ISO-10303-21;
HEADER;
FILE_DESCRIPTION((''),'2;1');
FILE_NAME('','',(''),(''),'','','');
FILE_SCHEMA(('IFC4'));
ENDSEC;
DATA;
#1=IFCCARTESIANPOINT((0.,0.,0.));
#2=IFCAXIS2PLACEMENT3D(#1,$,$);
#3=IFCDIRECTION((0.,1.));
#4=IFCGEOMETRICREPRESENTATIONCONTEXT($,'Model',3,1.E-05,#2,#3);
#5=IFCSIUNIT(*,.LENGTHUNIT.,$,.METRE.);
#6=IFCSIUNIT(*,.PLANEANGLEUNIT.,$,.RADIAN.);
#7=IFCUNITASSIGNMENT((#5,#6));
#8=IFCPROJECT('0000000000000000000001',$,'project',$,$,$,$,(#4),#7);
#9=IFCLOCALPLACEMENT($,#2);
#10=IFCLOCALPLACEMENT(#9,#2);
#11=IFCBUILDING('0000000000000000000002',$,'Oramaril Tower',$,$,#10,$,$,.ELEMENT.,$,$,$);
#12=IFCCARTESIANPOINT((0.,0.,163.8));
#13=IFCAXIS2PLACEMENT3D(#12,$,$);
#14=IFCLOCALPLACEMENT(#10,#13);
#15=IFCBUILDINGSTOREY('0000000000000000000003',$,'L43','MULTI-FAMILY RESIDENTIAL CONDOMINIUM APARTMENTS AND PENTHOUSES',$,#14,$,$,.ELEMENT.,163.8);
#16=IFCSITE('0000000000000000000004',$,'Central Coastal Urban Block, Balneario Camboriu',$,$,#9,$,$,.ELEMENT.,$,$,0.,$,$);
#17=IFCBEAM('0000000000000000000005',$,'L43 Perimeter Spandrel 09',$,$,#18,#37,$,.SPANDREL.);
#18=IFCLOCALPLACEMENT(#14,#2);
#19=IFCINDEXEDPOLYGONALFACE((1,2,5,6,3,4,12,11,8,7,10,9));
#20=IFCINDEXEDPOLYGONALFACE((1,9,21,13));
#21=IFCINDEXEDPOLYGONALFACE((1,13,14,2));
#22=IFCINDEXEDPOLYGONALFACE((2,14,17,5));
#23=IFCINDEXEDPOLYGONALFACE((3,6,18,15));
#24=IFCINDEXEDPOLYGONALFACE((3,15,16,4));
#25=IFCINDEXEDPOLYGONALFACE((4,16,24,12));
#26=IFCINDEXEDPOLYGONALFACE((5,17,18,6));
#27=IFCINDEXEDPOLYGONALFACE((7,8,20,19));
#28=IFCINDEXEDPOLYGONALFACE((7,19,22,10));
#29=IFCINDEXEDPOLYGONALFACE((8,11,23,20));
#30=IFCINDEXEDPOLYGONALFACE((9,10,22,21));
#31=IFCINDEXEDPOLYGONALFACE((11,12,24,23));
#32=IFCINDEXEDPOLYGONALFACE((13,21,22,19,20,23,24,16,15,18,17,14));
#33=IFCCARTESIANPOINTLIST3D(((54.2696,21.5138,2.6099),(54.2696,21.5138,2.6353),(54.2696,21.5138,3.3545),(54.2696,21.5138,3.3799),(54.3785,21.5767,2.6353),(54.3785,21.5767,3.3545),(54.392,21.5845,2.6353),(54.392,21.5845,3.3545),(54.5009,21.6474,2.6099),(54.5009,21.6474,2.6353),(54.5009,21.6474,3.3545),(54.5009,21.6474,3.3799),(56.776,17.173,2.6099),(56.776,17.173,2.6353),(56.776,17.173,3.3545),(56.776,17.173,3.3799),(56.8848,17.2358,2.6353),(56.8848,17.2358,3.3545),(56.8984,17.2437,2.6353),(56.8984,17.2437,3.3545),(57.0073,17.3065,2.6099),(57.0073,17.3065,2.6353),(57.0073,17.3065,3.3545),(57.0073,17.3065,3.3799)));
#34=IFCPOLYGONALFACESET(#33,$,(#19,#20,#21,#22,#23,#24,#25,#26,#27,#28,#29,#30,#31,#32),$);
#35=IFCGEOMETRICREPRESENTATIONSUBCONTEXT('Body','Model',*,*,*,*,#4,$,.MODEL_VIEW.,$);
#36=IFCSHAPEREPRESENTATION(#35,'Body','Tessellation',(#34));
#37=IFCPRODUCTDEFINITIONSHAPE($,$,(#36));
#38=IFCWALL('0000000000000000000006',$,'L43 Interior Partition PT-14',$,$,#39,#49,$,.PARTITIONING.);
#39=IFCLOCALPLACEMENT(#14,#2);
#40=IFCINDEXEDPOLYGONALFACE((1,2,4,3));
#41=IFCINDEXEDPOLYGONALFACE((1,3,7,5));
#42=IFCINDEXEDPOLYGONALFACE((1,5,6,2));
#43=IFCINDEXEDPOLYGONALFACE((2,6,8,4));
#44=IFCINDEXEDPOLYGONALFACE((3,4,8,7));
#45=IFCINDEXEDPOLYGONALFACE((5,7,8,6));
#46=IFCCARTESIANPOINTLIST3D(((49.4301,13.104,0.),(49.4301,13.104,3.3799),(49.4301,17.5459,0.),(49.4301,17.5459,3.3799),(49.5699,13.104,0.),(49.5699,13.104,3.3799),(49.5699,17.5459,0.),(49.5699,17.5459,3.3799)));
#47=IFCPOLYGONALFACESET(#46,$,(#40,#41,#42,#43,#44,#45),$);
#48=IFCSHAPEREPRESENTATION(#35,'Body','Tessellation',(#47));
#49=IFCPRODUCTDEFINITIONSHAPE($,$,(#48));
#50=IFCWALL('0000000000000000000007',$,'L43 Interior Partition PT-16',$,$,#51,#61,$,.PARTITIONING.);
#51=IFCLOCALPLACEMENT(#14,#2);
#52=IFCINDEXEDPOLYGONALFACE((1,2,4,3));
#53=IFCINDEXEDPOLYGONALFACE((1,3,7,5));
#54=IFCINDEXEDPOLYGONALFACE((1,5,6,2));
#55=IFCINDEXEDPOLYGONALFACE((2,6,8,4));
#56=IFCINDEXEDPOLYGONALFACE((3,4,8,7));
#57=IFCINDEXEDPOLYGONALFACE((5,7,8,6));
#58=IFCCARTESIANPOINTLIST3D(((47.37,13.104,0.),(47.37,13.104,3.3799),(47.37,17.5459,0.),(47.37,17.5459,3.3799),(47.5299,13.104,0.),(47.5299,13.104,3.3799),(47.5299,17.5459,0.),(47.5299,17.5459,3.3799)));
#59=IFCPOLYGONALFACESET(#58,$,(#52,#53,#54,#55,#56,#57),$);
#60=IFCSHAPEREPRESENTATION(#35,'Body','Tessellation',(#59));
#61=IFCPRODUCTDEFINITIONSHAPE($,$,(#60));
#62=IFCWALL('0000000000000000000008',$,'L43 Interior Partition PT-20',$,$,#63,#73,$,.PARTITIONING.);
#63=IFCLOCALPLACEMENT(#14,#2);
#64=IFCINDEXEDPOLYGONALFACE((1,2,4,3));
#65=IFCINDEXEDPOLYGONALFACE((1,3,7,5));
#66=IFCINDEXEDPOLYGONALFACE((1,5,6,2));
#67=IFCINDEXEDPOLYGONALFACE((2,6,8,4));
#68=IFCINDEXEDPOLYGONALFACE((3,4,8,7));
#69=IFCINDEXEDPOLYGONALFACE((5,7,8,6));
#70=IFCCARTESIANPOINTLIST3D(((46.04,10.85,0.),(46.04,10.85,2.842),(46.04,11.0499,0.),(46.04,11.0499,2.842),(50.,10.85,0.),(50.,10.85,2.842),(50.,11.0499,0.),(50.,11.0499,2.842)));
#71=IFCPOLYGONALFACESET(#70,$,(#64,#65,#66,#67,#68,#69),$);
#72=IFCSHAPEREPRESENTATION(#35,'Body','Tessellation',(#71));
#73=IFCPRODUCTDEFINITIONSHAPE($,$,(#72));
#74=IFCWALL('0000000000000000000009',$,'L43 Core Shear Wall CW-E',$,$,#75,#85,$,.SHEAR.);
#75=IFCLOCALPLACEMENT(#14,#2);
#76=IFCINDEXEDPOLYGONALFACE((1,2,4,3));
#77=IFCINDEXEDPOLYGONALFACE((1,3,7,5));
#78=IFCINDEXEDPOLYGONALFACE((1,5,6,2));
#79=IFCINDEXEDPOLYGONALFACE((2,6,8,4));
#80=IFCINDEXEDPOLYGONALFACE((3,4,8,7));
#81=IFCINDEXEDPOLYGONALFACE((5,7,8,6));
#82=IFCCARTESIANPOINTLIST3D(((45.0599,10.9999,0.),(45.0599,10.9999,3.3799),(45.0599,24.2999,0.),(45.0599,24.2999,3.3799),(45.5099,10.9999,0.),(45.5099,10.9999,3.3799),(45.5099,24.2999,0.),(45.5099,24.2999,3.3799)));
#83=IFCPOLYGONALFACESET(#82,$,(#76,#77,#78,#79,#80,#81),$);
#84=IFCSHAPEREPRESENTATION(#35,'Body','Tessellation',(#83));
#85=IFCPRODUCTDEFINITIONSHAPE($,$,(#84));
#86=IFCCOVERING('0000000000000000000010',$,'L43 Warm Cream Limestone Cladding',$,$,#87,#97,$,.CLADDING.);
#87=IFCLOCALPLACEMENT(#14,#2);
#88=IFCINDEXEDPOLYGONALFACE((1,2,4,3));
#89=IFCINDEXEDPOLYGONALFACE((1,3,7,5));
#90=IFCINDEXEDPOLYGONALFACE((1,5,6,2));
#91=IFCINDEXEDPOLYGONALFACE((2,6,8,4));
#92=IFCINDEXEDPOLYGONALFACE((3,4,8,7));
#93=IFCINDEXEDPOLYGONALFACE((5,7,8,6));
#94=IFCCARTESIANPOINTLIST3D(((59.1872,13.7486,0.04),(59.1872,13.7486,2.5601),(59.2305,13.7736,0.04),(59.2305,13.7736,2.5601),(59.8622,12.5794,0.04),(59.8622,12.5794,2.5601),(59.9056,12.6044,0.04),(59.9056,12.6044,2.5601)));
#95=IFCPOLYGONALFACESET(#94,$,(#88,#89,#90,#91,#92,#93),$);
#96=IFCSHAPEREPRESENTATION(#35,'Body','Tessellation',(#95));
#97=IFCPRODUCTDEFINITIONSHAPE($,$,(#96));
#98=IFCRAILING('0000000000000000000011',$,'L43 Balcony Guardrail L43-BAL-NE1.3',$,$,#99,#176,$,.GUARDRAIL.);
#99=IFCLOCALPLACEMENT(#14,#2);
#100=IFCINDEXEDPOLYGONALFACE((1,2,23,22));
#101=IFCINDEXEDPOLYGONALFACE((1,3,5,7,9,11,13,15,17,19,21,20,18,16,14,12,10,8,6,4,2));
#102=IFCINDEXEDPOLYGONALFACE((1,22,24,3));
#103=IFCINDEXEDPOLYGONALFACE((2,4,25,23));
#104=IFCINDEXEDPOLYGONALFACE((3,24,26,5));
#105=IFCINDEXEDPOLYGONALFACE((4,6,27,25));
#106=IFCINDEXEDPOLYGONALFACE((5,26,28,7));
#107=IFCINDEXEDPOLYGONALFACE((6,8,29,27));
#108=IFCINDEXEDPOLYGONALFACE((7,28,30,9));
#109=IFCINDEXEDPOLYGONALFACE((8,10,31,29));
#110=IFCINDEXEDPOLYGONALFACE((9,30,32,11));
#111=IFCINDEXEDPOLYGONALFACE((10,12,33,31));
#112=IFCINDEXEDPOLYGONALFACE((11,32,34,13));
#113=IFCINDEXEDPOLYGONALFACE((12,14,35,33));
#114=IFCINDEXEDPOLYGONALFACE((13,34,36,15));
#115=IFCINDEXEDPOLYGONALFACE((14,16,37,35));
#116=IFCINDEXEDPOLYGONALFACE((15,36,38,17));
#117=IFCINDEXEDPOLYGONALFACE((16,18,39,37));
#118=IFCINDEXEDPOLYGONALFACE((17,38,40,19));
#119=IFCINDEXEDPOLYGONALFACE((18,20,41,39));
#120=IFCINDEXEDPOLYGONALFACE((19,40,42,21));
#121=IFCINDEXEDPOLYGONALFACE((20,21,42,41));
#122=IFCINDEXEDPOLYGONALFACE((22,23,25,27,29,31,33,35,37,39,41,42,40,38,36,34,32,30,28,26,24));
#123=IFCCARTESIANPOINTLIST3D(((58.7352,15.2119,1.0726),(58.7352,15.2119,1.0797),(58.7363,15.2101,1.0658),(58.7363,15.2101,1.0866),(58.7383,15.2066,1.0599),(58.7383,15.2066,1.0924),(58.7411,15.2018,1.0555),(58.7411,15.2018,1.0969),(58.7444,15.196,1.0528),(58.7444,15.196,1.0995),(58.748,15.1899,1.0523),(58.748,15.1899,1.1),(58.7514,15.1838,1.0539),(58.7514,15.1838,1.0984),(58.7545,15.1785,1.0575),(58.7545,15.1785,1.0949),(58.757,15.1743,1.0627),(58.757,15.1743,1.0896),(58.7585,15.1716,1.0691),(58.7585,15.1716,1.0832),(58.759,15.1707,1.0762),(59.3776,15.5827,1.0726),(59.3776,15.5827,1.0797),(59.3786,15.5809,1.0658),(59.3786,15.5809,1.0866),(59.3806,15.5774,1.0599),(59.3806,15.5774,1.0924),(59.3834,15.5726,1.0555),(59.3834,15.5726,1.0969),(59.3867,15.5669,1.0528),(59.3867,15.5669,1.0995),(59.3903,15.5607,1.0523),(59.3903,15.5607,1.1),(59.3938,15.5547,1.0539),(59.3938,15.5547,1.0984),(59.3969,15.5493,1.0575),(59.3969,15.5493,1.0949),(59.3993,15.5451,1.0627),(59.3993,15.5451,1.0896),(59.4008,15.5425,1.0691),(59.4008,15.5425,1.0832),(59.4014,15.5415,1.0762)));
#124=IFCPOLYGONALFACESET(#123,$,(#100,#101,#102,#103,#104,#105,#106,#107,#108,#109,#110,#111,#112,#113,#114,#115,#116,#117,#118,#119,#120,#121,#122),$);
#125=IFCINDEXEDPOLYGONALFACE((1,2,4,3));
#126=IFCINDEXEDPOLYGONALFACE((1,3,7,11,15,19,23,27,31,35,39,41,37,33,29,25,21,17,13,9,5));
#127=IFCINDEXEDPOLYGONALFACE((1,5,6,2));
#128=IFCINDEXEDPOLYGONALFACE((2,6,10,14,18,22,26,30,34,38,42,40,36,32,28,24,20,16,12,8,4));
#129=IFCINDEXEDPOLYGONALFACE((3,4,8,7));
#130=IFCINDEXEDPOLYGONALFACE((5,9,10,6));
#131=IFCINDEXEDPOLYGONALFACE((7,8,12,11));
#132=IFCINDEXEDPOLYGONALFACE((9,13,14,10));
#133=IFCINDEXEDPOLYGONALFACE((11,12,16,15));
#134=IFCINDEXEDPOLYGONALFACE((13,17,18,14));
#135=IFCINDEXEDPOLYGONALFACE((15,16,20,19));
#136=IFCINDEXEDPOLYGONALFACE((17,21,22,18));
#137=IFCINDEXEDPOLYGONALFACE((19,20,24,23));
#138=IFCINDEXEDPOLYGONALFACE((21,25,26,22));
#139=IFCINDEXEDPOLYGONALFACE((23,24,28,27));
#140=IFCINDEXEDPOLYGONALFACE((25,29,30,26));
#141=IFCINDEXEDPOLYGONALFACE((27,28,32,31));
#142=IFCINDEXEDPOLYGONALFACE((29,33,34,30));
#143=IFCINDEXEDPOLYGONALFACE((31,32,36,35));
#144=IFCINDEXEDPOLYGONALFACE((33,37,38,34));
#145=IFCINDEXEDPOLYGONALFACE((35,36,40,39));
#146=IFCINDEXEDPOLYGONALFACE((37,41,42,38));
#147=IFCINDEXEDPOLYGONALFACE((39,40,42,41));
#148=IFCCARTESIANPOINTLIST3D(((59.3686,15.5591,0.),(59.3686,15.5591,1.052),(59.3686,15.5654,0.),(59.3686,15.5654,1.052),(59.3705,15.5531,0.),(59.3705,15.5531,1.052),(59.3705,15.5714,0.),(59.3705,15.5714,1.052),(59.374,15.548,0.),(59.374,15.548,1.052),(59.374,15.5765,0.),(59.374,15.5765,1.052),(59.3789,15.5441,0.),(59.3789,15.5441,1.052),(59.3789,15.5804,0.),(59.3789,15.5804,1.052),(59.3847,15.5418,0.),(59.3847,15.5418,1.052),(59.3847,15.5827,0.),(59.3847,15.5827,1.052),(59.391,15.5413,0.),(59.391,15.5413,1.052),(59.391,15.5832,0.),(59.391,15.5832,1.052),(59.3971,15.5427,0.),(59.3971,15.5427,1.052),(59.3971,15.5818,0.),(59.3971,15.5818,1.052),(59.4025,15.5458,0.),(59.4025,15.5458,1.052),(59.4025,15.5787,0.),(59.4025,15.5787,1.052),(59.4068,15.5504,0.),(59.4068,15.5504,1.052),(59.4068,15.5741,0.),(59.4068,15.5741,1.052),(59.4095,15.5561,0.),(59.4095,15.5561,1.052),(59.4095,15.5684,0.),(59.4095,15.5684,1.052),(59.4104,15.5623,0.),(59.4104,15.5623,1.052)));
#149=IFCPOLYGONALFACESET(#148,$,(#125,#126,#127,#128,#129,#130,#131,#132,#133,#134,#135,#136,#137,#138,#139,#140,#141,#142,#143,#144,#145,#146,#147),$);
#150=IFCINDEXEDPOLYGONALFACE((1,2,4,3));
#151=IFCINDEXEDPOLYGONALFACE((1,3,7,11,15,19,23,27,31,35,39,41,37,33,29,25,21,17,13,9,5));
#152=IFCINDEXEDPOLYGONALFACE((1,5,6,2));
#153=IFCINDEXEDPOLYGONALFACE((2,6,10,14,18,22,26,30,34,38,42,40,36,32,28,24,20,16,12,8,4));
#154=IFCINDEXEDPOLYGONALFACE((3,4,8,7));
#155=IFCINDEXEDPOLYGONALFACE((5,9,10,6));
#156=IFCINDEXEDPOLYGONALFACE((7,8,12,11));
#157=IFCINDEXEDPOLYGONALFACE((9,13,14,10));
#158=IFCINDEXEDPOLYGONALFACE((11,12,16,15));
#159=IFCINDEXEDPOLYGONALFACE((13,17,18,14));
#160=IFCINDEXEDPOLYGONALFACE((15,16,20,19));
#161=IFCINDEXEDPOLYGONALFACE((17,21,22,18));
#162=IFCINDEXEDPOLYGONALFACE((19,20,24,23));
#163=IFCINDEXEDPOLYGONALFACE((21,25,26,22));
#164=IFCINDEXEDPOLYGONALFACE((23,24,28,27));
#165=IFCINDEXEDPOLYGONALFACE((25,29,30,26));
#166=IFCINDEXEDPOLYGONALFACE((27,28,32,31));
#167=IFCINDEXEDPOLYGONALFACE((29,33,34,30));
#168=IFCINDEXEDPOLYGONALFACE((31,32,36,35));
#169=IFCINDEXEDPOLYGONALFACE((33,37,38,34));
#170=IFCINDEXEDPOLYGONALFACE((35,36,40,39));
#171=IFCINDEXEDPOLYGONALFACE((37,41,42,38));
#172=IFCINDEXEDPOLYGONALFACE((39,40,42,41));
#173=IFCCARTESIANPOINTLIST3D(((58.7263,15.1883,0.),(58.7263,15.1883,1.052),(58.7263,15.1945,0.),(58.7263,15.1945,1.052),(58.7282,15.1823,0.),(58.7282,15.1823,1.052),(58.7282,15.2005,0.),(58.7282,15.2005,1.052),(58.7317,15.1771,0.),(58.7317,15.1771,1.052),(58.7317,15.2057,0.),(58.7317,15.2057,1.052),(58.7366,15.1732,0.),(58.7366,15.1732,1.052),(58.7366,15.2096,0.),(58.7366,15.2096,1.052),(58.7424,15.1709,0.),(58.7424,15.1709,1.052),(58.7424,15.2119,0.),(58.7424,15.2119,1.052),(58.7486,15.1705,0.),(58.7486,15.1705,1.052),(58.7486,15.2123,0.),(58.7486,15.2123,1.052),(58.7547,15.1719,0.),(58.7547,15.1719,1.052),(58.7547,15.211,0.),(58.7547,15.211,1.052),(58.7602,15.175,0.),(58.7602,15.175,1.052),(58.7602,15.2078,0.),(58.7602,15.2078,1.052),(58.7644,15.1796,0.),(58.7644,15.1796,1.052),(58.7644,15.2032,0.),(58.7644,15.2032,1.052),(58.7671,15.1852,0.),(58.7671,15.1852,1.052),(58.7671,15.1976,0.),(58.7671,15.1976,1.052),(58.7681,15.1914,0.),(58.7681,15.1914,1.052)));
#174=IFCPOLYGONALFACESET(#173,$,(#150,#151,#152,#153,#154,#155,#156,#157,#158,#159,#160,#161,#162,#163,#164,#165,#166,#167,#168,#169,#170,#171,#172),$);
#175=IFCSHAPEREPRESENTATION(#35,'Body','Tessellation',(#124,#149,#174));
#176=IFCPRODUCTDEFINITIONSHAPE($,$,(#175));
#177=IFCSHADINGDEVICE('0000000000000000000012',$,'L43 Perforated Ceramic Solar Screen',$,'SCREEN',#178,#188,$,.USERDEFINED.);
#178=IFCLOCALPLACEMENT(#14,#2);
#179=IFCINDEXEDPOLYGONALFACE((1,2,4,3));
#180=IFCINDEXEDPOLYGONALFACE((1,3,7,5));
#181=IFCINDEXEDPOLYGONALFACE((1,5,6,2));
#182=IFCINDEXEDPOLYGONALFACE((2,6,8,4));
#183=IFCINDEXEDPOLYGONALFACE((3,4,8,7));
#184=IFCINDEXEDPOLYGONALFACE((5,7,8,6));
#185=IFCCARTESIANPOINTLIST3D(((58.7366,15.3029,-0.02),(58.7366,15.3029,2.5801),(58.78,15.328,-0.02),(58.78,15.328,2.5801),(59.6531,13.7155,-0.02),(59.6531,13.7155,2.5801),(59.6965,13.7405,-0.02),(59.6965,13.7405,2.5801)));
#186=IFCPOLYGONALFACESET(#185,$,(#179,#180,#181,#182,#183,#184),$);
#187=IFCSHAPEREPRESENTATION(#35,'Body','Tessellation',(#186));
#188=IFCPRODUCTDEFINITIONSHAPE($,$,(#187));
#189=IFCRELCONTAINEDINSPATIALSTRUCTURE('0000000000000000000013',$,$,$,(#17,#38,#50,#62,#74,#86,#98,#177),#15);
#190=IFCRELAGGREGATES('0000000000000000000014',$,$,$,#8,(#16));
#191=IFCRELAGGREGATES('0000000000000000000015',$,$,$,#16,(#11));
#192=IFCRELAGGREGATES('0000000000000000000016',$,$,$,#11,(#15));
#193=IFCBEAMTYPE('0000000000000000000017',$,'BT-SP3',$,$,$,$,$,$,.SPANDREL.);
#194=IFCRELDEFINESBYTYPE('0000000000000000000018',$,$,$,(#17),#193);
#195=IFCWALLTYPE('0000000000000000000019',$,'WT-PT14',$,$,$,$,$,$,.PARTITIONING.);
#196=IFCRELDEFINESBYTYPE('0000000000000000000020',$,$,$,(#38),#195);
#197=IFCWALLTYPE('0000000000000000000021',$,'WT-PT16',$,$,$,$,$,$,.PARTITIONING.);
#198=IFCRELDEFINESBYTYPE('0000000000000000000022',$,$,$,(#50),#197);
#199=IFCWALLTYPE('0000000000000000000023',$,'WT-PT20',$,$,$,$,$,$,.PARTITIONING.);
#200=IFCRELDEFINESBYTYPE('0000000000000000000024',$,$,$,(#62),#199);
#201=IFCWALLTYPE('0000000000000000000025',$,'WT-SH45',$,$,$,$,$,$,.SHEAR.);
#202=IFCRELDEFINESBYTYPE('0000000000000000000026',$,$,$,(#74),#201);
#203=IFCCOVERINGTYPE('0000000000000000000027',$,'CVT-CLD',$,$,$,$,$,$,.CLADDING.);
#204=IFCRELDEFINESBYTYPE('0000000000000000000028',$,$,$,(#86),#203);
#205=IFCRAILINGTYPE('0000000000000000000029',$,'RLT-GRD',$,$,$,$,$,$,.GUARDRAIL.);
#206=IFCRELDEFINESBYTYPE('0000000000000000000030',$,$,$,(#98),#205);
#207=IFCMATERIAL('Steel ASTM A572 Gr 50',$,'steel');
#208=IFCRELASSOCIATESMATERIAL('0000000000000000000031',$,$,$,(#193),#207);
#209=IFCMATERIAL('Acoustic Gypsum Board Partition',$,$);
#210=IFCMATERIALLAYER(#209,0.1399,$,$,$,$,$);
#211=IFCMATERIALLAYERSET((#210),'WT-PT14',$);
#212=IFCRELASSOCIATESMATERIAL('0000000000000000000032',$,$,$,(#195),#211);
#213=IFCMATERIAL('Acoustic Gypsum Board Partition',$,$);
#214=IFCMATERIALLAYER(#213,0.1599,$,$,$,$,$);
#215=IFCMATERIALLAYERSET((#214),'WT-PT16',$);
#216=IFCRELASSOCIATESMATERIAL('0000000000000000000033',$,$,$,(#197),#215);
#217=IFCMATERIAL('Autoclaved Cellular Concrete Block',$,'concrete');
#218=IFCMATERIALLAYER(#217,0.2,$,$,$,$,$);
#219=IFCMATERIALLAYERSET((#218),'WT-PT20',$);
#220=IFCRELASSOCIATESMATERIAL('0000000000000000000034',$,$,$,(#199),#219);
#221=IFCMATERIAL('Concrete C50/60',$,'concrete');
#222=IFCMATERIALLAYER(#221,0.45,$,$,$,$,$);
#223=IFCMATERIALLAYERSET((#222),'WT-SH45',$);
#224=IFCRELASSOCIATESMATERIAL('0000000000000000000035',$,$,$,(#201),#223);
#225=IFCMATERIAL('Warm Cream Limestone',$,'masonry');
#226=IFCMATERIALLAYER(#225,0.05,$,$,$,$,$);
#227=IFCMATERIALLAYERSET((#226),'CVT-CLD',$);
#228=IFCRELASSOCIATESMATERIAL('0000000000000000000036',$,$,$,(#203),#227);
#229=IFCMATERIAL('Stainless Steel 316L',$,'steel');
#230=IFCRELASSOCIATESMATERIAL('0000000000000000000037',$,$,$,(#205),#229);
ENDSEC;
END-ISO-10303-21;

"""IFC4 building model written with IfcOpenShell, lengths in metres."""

from ifc_helpers import new_model, si_unit, direction, frame, frame_2d, origin, origin_2d, place, context, subcontext, project, spatial, rectangle, circle, i_section, extrude, material, layer, layer_set, material_profile, profile_set, type_object, element, save


model = new_model("IFC4")

# Units and contexts
model_context = context("Model", 3, precision=1e-05, world=origin(), true_north=direction((0.0, 1.0)))
body_context = subcontext(model_context, "Body", "Model", "MODEL_VIEW")
ifc_project = project(units=[si_unit("LENGTHUNIT", "METRE"), si_unit("PLANEANGLEUNIT", "RADIAN")], contexts=[model_context])

# Site, building, storey
site_placement = place(None, origin())
site = spatial("IfcSite", under=ifc_project, at=site_placement, Name="Central Coastal Urban Block, Balneario Camboriu", CompositionType="ELEMENT", RefElevation=0.0)
building_placement = place(site_placement, origin())
building = spatial("IfcBuilding", under=site, at=building_placement, Name="Oramaril Tower", CompositionType="ELEMENT")
storey_placement = place(building_placement, frame((0.0, 0.0, 163.8)))
storey = spatial("IfcBuildingStorey", under=building, at=storey_placement, Name="L43", Description="MULTI-FAMILY RESIDENTIAL CONDOMINIUM APARTMENTS AND PENTHOUSES", CompositionType="ELEMENT", Elevation=163.8)

# Beam
ifc_material_1 = material(Name="Steel ASTM A572 Gr 50", Category="steel")
ifc_material_profile_1 = material_profile(ifc_material_1, i_section(OverallWidth=0.2671, OverallDepth=0.77, WebThickness=0.0156, FlangeThickness=0.0254, at=origin_2d()), Name="W30X132")
ifc_profile_set_1 = profile_set([ifc_material_profile_1], Name="Steel ASTM A572 Gr 50")
beam_type_1 = type_object("IfcBeamType", Name="BT-SP3", PredefinedType="SPANDREL", material=ifc_profile_set_1)
beam_1_placement = place(storey_placement, frame((56.8916, 17.2397, 2.9949), z_axis=(-0.500026, 0.86601, 0.0), x_axis=(-0.86601, -0.500026, 0.0)))
element("IfcBeam", 1, at=beam_1_placement, inside=storey, type_object=beam_type_1, Name="L43 Perimeter Spandrel 09", PredefinedType="SPANDREL", context=body_context, shape_type="SweptSolid", body=[
    extrude(i_section(OverallWidth=0.2671, OverallDepth=0.77, WebThickness=0.0156, FlangeThickness=0.0254, at=origin_2d()), origin(), (0.0, 0.0, 1.0), 5.0125),
])

# Shared definitions
ifc_material_2 = material(Name="Acoustic Gypsum Board Partition")
ifc_layer_1 = layer(ifc_material_2, 0.1399)
ifc_layer_set_1 = layer_set([ifc_layer_1], Name="WT-PT14")
wall_type_1 = type_object("IfcWallType", Name="WT-PT14", PredefinedType="PARTITIONING", material=ifc_layer_set_1)

# Walls
wall_1_placement = place(storey_placement, frame((49.5, 13.104, 0.0), z_axis=(0.0, 0.0, 1.0), x_axis=(0.0, 1.0, 0.0)))
element("IfcWall", 2, at=wall_1_placement, inside=storey, type_object=wall_type_1, Name="L43 Interior Partition PT-14", PredefinedType="PARTITIONING", context=body_context, shape_type="SweptSolid", body=[
    extrude(rectangle(XDim=4.4419, YDim=0.1399, at=frame_2d((2.2209, 0.0))), origin(), (0.0, 0.0, 1.0), 3.3799),
])
ifc_material_3 = material(Name="Acoustic Gypsum Board Partition")
ifc_layer_2 = layer(ifc_material_3, 0.1599)
ifc_layer_set_2 = layer_set([ifc_layer_2], Name="WT-PT16")
wall_type_2 = type_object("IfcWallType", Name="WT-PT16", PredefinedType="PARTITIONING", material=ifc_layer_set_2)
wall_2_placement = place(storey_placement, frame((47.45, 13.104, 0.0), z_axis=(0.0, 0.0, 1.0), x_axis=(0.0, 1.0, 0.0)))
element("IfcWall", 3, at=wall_2_placement, inside=storey, type_object=wall_type_2, Name="L43 Interior Partition PT-16", PredefinedType="PARTITIONING", context=body_context, shape_type="SweptSolid", body=[
    extrude(rectangle(XDim=4.4419, YDim=0.1599, at=frame_2d((2.2209, 0.0))), origin(), (0.0, 0.0, 1.0), 3.3799),
])
ifc_material_4 = material(Name="Autoclaved Cellular Concrete Block", Category="concrete")
ifc_layer_3 = layer(ifc_material_4, 0.2)
ifc_layer_set_3 = layer_set([ifc_layer_3], Name="WT-PT20")
wall_type_3 = type_object("IfcWallType", Name="WT-PT20", PredefinedType="PARTITIONING", material=ifc_layer_set_3)
wall_3_placement = place(storey_placement, frame((46.04, 10.95, 0.0), z_axis=(0.0, 0.0, 1.0), x_axis=(1.0, 0.0, 0.0)))
element("IfcWall", 4, at=wall_3_placement, inside=storey, type_object=wall_type_3, Name="L43 Interior Partition PT-20", PredefinedType="PARTITIONING", context=body_context, shape_type="SweptSolid", body=[
    extrude(rectangle(XDim=3.96, YDim=0.2, at=frame_2d((1.98, 0.0))), origin(), (0.0, 0.0, 1.0), 2.842),
])
ifc_material_5 = material(Name="Concrete C50/60", Category="concrete")
ifc_layer_4 = layer(ifc_material_5, 0.45)
ifc_layer_set_4 = layer_set([ifc_layer_4], Name="WT-SH45")
wall_type_4 = type_object("IfcWallType", Name="WT-SH45", PredefinedType="SHEAR", material=ifc_layer_set_4)
wall_4_placement = place(storey_placement, frame((45.2849, 11.0, 0.0), z_axis=(0.0, 0.0, 1.0), x_axis=(0.0, 1.0, 0.0)))
element("IfcWall", 5, at=wall_4_placement, inside=storey, type_object=wall_type_4, Name="L43 Core Shear Wall CW-E", PredefinedType="SHEAR", context=body_context, shape_type="SweptSolid", body=[
    extrude(rectangle(XDim=13.3, YDim=0.45, at=frame_2d((6.6499, 0.0))), origin(), (0.0, 0.0, 1.0), 3.3799),
])

# Covering
ifc_material_6 = material(Name="Warm Cream Limestone", Category="masonry")
ifc_layer_5 = layer(ifc_material_6, 0.05)
ifc_layer_set_5 = layer_set([ifc_layer_5], Name="CVT-CLD")
covering_type = type_object("IfcCoveringType", Name="CVT-CLD", PredefinedType="CLADDING", material=ifc_layer_set_5)
covering_placement = place(storey_placement, frame((59.5464, 13.1765, 0.04), z_axis=(0.0, 0.0, 1.0), x_axis=(-0.5, 0.866025, 0.0)))
element("IfcCovering", 6, at=covering_placement, inside=storey, type_object=covering_type, Name="L43 Warm Cream Limestone Cladding", PredefinedType="CLADDING", context=body_context, shape_type="SweptSolid", body=[
    extrude(rectangle(XDim=1.3501, YDim=0.05, at=origin_2d()), origin(), (0.0, 0.0, 1.0), 2.52),
])

# Railing
ifc_material_7 = material(Name="Stainless Steel 316L", Category="steel")
railing_type = type_object("IfcRailingType", Name="RLT-GRD", PredefinedType="GUARDRAIL", material=ifc_material_7)
railing_placement = place(storey_placement, frame((59.3894, 15.5623, 0.0)))
element("IfcRailing", 7, at=railing_placement, inside=storey, type_object=railing_type, Name="L43 Balcony Guardrail L43-BAL-NE1.3", PredefinedType="GUARDRAIL", context=body_context, shape_type="SweptSolid", body=[
    extrude(circle(Radius=0.0239, at=origin_2d()), frame((0.0, 0.0, 1.0762), z_axis=(-0.866027, -0.499998, 0.0), x_axis=(0.499998, -0.866027, 0.0)), (0.0, 0.0, 1.0), 0.7417),
    extrude(circle(Radius=0.021, at=origin_2d()), origin(), (0.0, 0.0, 1.0), 1.052),
    extrude(circle(Radius=0.021, at=origin_2d()), frame((-0.6423, -0.3708, 0.0)), (0.0, 0.0, 1.0), 1.052),
])

# Shading device
shading_device_placement = place(storey_placement, frame((59.2166, 14.5217, -0.02), z_axis=(0.0, 0.0, 1.0), x_axis=(-0.5, 0.866025, 0.0)))
element("IfcShadingDevice", 8, at=shading_device_placement, inside=storey, Name="L43 Perforated Ceramic Solar Screen", ObjectType="SCREEN", PredefinedType="USERDEFINED", context=body_context, shape_type="SweptSolid", body=[
    extrude(rectangle(XDim=1.833, YDim=0.05, at=origin_2d()), origin(), (0.0, 0.0, 1.0), 2.6001),
])

save(model, "model.ifc")
